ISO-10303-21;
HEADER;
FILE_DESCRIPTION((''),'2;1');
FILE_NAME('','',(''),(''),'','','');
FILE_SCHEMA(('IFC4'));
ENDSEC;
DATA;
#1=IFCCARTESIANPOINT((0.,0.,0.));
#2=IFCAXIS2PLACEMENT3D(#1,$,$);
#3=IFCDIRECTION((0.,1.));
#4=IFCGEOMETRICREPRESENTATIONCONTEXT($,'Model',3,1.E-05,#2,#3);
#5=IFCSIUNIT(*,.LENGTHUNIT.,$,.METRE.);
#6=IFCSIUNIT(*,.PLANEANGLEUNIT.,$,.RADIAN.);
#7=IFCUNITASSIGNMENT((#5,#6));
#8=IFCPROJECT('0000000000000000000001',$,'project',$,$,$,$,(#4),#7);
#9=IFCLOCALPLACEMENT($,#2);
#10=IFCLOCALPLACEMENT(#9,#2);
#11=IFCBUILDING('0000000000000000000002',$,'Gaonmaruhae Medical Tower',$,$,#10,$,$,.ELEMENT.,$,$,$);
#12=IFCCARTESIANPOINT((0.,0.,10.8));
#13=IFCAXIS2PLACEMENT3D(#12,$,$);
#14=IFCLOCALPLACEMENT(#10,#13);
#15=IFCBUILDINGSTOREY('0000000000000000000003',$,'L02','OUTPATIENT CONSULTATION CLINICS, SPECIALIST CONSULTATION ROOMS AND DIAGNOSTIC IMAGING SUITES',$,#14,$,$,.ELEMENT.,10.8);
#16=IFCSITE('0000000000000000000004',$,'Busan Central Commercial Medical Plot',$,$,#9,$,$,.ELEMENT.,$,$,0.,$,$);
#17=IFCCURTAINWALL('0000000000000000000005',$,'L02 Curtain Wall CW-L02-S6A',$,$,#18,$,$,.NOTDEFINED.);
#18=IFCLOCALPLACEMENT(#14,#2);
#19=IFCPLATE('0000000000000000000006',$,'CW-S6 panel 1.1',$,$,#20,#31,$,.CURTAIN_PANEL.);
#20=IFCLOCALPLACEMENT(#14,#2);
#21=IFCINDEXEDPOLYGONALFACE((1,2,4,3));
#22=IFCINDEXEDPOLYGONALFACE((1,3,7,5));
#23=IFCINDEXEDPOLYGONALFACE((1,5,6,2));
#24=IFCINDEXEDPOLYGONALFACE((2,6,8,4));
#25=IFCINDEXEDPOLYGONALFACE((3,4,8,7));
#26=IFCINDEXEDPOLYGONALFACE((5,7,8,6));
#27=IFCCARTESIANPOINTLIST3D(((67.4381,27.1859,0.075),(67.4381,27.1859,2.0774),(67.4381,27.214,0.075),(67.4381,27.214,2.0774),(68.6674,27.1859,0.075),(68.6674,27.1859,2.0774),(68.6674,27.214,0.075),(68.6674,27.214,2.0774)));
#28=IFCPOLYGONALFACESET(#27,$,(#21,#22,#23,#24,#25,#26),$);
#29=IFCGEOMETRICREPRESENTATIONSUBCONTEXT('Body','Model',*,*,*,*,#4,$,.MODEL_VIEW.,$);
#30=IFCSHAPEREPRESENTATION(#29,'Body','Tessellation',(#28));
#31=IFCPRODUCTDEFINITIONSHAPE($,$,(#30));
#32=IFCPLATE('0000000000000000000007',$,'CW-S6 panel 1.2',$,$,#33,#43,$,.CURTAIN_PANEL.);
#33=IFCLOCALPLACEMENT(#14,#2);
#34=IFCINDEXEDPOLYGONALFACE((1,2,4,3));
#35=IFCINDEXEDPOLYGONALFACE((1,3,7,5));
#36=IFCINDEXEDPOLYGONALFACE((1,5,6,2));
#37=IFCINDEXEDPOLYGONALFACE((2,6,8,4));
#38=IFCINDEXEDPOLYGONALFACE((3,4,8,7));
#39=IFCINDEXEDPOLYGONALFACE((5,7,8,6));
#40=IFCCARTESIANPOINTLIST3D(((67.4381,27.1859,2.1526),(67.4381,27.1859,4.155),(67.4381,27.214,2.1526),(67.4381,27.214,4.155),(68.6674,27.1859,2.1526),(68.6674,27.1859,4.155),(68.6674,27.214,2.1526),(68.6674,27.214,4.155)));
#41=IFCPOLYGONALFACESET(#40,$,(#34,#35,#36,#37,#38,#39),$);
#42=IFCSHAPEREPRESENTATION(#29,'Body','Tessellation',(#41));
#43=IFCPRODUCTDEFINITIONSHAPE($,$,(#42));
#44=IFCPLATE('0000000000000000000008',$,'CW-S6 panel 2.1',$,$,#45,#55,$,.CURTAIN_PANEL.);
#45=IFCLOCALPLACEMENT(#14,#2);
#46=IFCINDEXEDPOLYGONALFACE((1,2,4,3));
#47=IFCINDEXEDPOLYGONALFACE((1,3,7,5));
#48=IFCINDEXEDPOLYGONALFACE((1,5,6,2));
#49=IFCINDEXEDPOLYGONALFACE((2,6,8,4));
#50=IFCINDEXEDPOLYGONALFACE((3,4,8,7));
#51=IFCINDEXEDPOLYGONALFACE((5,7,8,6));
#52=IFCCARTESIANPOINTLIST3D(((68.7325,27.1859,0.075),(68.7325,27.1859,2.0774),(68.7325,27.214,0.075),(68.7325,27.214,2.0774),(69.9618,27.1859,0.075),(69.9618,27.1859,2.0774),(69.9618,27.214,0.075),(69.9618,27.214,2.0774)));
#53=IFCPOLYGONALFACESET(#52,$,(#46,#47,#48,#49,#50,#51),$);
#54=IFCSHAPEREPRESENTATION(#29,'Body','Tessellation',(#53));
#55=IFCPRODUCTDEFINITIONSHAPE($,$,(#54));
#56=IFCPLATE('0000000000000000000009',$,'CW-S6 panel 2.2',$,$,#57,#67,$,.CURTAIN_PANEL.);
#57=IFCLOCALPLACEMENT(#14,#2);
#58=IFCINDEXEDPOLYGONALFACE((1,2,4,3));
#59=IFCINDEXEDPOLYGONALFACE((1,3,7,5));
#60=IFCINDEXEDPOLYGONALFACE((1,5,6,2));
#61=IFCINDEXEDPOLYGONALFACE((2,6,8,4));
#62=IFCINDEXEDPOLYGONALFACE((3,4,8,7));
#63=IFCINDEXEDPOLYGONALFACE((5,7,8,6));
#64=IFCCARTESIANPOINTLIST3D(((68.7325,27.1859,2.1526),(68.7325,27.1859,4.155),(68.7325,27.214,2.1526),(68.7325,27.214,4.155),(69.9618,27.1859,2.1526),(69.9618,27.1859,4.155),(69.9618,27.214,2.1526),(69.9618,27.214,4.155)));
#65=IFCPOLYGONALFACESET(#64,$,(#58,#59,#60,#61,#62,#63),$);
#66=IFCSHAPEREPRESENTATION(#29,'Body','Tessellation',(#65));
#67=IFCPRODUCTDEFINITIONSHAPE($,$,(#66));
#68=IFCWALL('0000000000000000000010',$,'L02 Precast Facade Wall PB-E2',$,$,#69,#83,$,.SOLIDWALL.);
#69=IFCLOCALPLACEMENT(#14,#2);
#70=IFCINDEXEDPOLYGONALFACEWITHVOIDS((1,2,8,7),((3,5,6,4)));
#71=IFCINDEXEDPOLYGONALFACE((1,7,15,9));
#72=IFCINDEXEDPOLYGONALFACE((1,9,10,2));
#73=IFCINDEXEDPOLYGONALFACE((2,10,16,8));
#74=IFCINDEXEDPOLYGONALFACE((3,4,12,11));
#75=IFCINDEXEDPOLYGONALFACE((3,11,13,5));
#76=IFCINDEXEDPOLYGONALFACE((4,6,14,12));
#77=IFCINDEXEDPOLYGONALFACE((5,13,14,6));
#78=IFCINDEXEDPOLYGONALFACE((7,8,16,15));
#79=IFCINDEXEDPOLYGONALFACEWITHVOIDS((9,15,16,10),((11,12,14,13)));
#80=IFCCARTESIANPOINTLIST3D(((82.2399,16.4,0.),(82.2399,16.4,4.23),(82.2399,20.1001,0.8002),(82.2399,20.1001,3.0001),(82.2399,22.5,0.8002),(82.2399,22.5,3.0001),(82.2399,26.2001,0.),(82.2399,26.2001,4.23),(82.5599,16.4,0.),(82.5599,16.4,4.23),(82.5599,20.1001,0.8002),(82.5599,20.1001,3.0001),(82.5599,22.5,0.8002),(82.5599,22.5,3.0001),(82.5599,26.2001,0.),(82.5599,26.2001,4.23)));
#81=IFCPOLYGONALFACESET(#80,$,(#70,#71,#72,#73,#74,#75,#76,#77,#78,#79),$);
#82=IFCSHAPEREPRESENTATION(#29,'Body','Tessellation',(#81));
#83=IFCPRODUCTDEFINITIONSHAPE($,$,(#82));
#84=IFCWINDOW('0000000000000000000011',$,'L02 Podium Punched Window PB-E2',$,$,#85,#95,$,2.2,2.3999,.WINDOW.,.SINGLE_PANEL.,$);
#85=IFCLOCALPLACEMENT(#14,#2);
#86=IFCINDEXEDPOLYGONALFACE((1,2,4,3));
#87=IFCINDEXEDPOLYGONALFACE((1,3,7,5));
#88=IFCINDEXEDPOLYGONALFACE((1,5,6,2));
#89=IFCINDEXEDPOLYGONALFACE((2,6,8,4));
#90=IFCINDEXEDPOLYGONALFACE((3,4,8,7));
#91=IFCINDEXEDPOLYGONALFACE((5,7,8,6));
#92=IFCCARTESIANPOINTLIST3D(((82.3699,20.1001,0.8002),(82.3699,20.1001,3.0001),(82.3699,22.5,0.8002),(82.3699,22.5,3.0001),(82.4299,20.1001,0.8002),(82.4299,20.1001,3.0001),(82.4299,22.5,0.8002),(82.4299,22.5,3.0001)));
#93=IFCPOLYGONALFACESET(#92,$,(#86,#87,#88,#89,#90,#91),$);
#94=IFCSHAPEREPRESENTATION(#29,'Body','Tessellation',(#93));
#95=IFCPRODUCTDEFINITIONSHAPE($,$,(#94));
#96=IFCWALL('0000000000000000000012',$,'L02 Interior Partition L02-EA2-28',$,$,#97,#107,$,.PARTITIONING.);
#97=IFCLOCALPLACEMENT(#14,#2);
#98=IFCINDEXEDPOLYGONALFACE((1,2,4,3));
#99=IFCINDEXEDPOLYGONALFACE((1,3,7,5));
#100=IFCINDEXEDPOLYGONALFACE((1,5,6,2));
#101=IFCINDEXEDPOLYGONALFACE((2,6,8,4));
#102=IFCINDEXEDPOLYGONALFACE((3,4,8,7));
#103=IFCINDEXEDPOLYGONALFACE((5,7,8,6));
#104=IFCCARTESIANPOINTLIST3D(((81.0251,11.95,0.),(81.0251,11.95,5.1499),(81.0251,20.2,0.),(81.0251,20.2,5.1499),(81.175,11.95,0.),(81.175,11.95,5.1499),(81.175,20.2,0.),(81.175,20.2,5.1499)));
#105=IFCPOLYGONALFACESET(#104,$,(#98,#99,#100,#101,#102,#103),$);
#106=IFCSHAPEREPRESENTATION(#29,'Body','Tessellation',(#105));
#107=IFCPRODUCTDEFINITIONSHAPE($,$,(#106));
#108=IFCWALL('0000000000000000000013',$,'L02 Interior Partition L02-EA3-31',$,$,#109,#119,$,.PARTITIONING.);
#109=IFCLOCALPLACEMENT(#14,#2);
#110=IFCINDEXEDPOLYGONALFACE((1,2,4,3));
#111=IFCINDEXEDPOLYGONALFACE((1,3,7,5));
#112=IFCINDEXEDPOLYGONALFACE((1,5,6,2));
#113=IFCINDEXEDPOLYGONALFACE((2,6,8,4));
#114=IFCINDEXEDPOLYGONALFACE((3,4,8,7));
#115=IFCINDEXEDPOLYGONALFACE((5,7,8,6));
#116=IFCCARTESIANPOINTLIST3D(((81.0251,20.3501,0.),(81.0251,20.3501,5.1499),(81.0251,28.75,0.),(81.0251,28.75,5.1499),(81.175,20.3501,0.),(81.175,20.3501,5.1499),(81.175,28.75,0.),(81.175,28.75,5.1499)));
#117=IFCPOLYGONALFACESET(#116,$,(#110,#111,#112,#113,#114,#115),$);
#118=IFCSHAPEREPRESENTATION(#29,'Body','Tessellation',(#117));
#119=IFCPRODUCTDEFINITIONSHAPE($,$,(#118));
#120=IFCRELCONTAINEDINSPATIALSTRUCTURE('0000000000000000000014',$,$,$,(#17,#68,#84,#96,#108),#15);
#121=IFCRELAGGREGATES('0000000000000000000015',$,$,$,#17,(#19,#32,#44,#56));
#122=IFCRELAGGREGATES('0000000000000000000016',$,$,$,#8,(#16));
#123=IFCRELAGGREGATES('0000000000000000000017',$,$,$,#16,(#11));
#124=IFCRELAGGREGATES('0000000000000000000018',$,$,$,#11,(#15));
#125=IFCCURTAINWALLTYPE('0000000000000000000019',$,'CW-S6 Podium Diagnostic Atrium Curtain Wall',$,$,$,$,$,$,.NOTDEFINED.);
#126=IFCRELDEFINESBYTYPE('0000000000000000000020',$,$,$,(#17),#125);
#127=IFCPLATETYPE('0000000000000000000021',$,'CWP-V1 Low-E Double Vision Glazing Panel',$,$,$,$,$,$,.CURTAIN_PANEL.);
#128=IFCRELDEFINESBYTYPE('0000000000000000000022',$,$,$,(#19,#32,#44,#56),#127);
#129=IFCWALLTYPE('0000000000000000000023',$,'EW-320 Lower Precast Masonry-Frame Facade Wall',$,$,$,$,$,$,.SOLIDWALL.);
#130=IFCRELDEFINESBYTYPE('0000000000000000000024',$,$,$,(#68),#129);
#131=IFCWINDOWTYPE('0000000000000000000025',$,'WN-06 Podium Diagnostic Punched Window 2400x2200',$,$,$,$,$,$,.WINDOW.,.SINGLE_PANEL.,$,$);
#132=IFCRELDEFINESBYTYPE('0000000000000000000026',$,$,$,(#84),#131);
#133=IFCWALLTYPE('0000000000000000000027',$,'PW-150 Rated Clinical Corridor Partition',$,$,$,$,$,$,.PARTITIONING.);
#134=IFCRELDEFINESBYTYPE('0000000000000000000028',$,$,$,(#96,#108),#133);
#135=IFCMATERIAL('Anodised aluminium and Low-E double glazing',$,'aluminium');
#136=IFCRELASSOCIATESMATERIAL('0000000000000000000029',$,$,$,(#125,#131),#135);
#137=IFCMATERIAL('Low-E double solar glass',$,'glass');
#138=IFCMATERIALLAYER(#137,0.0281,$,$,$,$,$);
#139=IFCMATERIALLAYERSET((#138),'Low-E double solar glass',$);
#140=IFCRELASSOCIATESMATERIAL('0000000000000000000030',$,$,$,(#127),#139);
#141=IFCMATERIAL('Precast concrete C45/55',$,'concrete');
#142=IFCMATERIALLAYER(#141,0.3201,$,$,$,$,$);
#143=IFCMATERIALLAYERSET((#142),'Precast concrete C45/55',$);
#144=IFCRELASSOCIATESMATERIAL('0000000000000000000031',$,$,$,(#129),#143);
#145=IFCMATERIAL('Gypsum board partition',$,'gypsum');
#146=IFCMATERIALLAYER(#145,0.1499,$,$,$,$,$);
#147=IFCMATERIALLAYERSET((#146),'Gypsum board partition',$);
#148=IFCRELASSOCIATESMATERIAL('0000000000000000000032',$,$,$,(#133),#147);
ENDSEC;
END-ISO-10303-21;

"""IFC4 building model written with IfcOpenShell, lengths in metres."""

from ifc_helpers import new_model, si_unit, direction, frame, frame_2d, origin, origin_2d, place, context, subcontext, project, spatial, rectangle, extrude, material, layer, layer_set, type_object, element, fill, aggregate, save


model = new_model("IFC4")

# Units and contexts
model_context = context("Model", 3, precision=1e-05, world=origin(), true_north=direction((0.0, 1.0)))
body_context = subcontext(model_context, "Body", "Model", "MODEL_VIEW")
ifc_project = project(units=[si_unit("LENGTHUNIT", "METRE"), si_unit("PLANEANGLEUNIT", "RADIAN")], contexts=[model_context])

# Site, building, storey
site_placement = place(None, origin())
site = spatial("IfcSite", under=ifc_project, at=site_placement, Name="Busan Central Commercial Medical Plot", CompositionType="ELEMENT", RefElevation=0.0)
building_placement = place(site_placement, origin())
building = spatial("IfcBuilding", under=site, at=building_placement, Name="Gaonmaruhae Medical Tower", CompositionType="ELEMENT")
storey_placement = place(building_placement, frame((0.0, 0.0, 10.8)))
storey = spatial("IfcBuildingStorey", under=building, at=storey_placement, Name="L02", Description="OUTPATIENT CONSULTATION CLINICS, SPECIALIST CONSULTATION ROOMS AND DIAGNOSTIC IMAGING SUITES", CompositionType="ELEMENT", Elevation=10.8)

# Curtain wall
ifc_material_1 = material(Name="Anodised aluminium and Low-E double glazing", Category="aluminium")
curtain_wall_type = type_object("IfcCurtainWallType", Name="CW-S6 Podium Diagnostic Atrium Curtain Wall", PredefinedType="NOTDEFINED", material=ifc_material_1)
curtain_wall_placement = place(storey_placement, origin())
curtain_wall = element("IfcCurtainWall", 1, at=curtain_wall_placement, inside=storey, type_object=curtain_wall_type, Name="L02 Curtain Wall CW-L02-S6A", PredefinedType="NOTDEFINED")

# Plates
ifc_material_2 = material(Name="Low-E double solar glass", Category="glass")
ifc_layer_1 = layer(ifc_material_2, 0.0281)
ifc_layer_set_1 = layer_set([ifc_layer_1], Name="Low-E double solar glass")
plate_type = type_object("IfcPlateType", Name="CWP-V1 Low-E Double Vision Glazing Panel", PredefinedType="CURTAIN_PANEL", material=ifc_layer_set_1)
plate_1_placement = place(storey_placement, frame((68.0527, 27.2, 0.075), z_axis=(0.0, 0.0, 1.0), x_axis=(1.0, 0.0, 0.0)))
plate_1 = element("IfcPlate", 2, at=plate_1_placement, type_object=plate_type, Name="CW-S6 panel 1.1", PredefinedType="CURTAIN_PANEL", context=body_context, shape_type="SweptSolid", body=[
    extrude(rectangle(XDim=1.2292, YDim=0.0281, at=origin_2d()), origin(), (0.0, 0.0, 1.0), 2.0024),
])
plate_2_placement = place(storey_placement, frame((68.0527, 27.2, 2.1526), z_axis=(0.0, 0.0, 1.0), x_axis=(1.0, 0.0, 0.0)))
plate_2 = element("IfcPlate", 3, at=plate_2_placement, type_object=plate_type, Name="CW-S6 panel 1.2", PredefinedType="CURTAIN_PANEL", context=body_context, shape_type="SweptSolid", body=[
    extrude(rectangle(XDim=1.2292, YDim=0.0281, at=origin_2d()), origin(), (0.0, 0.0, 1.0), 2.0024),
])
plate_3_placement = place(storey_placement, frame((69.3472, 27.2, 0.075), z_axis=(0.0, 0.0, 1.0), x_axis=(1.0, 0.0, 0.0)))
plate_3 = element("IfcPlate", 4, at=plate_3_placement, type_object=plate_type, Name="CW-S6 panel 2.1", PredefinedType="CURTAIN_PANEL", context=body_context, shape_type="SweptSolid", body=[
    extrude(rectangle(XDim=1.2292, YDim=0.0281, at=origin_2d()), origin(), (0.0, 0.0, 1.0), 2.0024),
])
plate_4_placement = place(storey_placement, frame((69.3472, 27.2, 2.1526), z_axis=(0.0, 0.0, 1.0), x_axis=(1.0, 0.0, 0.0)))
plate_4 = element("IfcPlate", 5, at=plate_4_placement, type_object=plate_type, Name="CW-S6 panel 2.2", PredefinedType="CURTAIN_PANEL", context=body_context, shape_type="SweptSolid", body=[
    extrude(rectangle(XDim=1.2292, YDim=0.0281, at=origin_2d()), origin(), (0.0, 0.0, 1.0), 2.0024),
])
aggregate(curtain_wall, [plate_1, plate_2, plate_3, plate_4])

# Wall, opening, window
ifc_material_3 = material(Name="Precast concrete C45/55", Category="concrete")
ifc_layer_2 = layer(ifc_material_3, 0.3201)
ifc_layer_set_2 = layer_set([ifc_layer_2], Name="Precast concrete C45/55")
wall_type_1 = type_object("IfcWallType", Name="EW-320 Lower Precast Masonry-Frame Facade Wall", PredefinedType="SOLIDWALL", material=ifc_layer_set_2)
wall_1_placement = place(storey_placement, frame((82.3999, 26.2, 0.0), z_axis=(0.0, 0.0, 1.0), x_axis=(0.0, -1.0, 0.0)))
wall_1 = element("IfcWall", 6, at=wall_1_placement, inside=storey, type_object=wall_type_1, Name="L02 Precast Facade Wall PB-E2", PredefinedType="SOLIDWALL", context=body_context, shape_type="SweptSolid", body=[
    extrude(rectangle(XDim=9.8, YDim=0.3201, at=frame_2d((4.8999, 0.0))), origin(), (0.0, 0.0, 1.0), 4.23),
])
opening_placement = place(wall_1_placement, frame((3.7, 0.0, 0.8)))
opening = element("IfcOpeningElement", 7, at=opening_placement, cuts=wall_1, PredefinedType="OPENING", context=body_context, shape_type="SweptSolid", body=[
    extrude(rectangle(XDim=2.3999, YDim=2.2, at=frame_2d((1.2, 1.1001))), frame((0.0, 0.1699, 0.0), z_axis=(0.0, -1.0, 0.0), x_axis=(1.0, 0.0, 0.0)), (0.0, 0.0, 1.0), 0.3401),
])
window_type = type_object("IfcWindowType", Name="WN-06 Podium Diagnostic Punched Window 2400x2200", PartitioningType="SINGLE_PANEL", PredefinedType="WINDOW", material=ifc_material_1)
window_placement = place(opening_placement, origin())
window = element("IfcWindow", 8, at=window_placement, inside=storey, type_object=window_type, Name="L02 Podium Punched Window PB-E2", OverallHeight=2.2, OverallWidth=2.3999, PartitioningType="SINGLE_PANEL", PredefinedType="WINDOW", context=body_context, shape_type="SweptSolid", body=[
    extrude(rectangle(XDim=2.3999, YDim=2.2, at=frame_2d((1.2, 1.1001))), frame((0.0, 0.03, 0.0), z_axis=(0.0, -1.0, 0.0), x_axis=(1.0, 0.0, 0.0)), (0.0, 0.0, 1.0), 0.0601),
])
fill(opening, window)

# Walls
ifc_material_4 = material(Name="Gypsum board partition", Category="gypsum")
ifc_layer_3 = layer(ifc_material_4, 0.1499)
ifc_layer_set_3 = layer_set([ifc_layer_3], Name="Gypsum board partition")
wall_type_2 = type_object("IfcWallType", Name="PW-150 Rated Clinical Corridor Partition", PredefinedType="PARTITIONING", material=ifc_layer_set_3)
wall_2_placement = place(storey_placement, frame((81.1001, 20.2, 0.0), z_axis=(0.0, 0.0, 1.0), x_axis=(0.0, -1.0, 0.0)))
element("IfcWall", 9, at=wall_2_placement, inside=storey, type_object=wall_type_2, Name="L02 Interior Partition L02-EA2-28", PredefinedType="PARTITIONING", context=body_context, shape_type="SweptSolid", body=[
    extrude(rectangle(XDim=8.25, YDim=0.1499, at=frame_2d((4.125, 0.0))), origin(), (0.0, 0.0, 1.0), 5.1499),
])
wall_3_placement = place(storey_placement, frame((81.1001, 28.75, 0.0), z_axis=(0.0, 0.0, 1.0), x_axis=(0.0, -1.0, 0.0)))
element("IfcWall", 10, at=wall_3_placement, inside=storey, type_object=wall_type_2, Name="L02 Interior Partition L02-EA3-31", PredefinedType="PARTITIONING", context=body_context, shape_type="SweptSolid", body=[
    extrude(rectangle(XDim=8.3999, YDim=0.1499, at=frame_2d((4.2, 0.0))), origin(), (0.0, 0.0, 1.0), 5.1499),
])

save(model, "model.ifc")
